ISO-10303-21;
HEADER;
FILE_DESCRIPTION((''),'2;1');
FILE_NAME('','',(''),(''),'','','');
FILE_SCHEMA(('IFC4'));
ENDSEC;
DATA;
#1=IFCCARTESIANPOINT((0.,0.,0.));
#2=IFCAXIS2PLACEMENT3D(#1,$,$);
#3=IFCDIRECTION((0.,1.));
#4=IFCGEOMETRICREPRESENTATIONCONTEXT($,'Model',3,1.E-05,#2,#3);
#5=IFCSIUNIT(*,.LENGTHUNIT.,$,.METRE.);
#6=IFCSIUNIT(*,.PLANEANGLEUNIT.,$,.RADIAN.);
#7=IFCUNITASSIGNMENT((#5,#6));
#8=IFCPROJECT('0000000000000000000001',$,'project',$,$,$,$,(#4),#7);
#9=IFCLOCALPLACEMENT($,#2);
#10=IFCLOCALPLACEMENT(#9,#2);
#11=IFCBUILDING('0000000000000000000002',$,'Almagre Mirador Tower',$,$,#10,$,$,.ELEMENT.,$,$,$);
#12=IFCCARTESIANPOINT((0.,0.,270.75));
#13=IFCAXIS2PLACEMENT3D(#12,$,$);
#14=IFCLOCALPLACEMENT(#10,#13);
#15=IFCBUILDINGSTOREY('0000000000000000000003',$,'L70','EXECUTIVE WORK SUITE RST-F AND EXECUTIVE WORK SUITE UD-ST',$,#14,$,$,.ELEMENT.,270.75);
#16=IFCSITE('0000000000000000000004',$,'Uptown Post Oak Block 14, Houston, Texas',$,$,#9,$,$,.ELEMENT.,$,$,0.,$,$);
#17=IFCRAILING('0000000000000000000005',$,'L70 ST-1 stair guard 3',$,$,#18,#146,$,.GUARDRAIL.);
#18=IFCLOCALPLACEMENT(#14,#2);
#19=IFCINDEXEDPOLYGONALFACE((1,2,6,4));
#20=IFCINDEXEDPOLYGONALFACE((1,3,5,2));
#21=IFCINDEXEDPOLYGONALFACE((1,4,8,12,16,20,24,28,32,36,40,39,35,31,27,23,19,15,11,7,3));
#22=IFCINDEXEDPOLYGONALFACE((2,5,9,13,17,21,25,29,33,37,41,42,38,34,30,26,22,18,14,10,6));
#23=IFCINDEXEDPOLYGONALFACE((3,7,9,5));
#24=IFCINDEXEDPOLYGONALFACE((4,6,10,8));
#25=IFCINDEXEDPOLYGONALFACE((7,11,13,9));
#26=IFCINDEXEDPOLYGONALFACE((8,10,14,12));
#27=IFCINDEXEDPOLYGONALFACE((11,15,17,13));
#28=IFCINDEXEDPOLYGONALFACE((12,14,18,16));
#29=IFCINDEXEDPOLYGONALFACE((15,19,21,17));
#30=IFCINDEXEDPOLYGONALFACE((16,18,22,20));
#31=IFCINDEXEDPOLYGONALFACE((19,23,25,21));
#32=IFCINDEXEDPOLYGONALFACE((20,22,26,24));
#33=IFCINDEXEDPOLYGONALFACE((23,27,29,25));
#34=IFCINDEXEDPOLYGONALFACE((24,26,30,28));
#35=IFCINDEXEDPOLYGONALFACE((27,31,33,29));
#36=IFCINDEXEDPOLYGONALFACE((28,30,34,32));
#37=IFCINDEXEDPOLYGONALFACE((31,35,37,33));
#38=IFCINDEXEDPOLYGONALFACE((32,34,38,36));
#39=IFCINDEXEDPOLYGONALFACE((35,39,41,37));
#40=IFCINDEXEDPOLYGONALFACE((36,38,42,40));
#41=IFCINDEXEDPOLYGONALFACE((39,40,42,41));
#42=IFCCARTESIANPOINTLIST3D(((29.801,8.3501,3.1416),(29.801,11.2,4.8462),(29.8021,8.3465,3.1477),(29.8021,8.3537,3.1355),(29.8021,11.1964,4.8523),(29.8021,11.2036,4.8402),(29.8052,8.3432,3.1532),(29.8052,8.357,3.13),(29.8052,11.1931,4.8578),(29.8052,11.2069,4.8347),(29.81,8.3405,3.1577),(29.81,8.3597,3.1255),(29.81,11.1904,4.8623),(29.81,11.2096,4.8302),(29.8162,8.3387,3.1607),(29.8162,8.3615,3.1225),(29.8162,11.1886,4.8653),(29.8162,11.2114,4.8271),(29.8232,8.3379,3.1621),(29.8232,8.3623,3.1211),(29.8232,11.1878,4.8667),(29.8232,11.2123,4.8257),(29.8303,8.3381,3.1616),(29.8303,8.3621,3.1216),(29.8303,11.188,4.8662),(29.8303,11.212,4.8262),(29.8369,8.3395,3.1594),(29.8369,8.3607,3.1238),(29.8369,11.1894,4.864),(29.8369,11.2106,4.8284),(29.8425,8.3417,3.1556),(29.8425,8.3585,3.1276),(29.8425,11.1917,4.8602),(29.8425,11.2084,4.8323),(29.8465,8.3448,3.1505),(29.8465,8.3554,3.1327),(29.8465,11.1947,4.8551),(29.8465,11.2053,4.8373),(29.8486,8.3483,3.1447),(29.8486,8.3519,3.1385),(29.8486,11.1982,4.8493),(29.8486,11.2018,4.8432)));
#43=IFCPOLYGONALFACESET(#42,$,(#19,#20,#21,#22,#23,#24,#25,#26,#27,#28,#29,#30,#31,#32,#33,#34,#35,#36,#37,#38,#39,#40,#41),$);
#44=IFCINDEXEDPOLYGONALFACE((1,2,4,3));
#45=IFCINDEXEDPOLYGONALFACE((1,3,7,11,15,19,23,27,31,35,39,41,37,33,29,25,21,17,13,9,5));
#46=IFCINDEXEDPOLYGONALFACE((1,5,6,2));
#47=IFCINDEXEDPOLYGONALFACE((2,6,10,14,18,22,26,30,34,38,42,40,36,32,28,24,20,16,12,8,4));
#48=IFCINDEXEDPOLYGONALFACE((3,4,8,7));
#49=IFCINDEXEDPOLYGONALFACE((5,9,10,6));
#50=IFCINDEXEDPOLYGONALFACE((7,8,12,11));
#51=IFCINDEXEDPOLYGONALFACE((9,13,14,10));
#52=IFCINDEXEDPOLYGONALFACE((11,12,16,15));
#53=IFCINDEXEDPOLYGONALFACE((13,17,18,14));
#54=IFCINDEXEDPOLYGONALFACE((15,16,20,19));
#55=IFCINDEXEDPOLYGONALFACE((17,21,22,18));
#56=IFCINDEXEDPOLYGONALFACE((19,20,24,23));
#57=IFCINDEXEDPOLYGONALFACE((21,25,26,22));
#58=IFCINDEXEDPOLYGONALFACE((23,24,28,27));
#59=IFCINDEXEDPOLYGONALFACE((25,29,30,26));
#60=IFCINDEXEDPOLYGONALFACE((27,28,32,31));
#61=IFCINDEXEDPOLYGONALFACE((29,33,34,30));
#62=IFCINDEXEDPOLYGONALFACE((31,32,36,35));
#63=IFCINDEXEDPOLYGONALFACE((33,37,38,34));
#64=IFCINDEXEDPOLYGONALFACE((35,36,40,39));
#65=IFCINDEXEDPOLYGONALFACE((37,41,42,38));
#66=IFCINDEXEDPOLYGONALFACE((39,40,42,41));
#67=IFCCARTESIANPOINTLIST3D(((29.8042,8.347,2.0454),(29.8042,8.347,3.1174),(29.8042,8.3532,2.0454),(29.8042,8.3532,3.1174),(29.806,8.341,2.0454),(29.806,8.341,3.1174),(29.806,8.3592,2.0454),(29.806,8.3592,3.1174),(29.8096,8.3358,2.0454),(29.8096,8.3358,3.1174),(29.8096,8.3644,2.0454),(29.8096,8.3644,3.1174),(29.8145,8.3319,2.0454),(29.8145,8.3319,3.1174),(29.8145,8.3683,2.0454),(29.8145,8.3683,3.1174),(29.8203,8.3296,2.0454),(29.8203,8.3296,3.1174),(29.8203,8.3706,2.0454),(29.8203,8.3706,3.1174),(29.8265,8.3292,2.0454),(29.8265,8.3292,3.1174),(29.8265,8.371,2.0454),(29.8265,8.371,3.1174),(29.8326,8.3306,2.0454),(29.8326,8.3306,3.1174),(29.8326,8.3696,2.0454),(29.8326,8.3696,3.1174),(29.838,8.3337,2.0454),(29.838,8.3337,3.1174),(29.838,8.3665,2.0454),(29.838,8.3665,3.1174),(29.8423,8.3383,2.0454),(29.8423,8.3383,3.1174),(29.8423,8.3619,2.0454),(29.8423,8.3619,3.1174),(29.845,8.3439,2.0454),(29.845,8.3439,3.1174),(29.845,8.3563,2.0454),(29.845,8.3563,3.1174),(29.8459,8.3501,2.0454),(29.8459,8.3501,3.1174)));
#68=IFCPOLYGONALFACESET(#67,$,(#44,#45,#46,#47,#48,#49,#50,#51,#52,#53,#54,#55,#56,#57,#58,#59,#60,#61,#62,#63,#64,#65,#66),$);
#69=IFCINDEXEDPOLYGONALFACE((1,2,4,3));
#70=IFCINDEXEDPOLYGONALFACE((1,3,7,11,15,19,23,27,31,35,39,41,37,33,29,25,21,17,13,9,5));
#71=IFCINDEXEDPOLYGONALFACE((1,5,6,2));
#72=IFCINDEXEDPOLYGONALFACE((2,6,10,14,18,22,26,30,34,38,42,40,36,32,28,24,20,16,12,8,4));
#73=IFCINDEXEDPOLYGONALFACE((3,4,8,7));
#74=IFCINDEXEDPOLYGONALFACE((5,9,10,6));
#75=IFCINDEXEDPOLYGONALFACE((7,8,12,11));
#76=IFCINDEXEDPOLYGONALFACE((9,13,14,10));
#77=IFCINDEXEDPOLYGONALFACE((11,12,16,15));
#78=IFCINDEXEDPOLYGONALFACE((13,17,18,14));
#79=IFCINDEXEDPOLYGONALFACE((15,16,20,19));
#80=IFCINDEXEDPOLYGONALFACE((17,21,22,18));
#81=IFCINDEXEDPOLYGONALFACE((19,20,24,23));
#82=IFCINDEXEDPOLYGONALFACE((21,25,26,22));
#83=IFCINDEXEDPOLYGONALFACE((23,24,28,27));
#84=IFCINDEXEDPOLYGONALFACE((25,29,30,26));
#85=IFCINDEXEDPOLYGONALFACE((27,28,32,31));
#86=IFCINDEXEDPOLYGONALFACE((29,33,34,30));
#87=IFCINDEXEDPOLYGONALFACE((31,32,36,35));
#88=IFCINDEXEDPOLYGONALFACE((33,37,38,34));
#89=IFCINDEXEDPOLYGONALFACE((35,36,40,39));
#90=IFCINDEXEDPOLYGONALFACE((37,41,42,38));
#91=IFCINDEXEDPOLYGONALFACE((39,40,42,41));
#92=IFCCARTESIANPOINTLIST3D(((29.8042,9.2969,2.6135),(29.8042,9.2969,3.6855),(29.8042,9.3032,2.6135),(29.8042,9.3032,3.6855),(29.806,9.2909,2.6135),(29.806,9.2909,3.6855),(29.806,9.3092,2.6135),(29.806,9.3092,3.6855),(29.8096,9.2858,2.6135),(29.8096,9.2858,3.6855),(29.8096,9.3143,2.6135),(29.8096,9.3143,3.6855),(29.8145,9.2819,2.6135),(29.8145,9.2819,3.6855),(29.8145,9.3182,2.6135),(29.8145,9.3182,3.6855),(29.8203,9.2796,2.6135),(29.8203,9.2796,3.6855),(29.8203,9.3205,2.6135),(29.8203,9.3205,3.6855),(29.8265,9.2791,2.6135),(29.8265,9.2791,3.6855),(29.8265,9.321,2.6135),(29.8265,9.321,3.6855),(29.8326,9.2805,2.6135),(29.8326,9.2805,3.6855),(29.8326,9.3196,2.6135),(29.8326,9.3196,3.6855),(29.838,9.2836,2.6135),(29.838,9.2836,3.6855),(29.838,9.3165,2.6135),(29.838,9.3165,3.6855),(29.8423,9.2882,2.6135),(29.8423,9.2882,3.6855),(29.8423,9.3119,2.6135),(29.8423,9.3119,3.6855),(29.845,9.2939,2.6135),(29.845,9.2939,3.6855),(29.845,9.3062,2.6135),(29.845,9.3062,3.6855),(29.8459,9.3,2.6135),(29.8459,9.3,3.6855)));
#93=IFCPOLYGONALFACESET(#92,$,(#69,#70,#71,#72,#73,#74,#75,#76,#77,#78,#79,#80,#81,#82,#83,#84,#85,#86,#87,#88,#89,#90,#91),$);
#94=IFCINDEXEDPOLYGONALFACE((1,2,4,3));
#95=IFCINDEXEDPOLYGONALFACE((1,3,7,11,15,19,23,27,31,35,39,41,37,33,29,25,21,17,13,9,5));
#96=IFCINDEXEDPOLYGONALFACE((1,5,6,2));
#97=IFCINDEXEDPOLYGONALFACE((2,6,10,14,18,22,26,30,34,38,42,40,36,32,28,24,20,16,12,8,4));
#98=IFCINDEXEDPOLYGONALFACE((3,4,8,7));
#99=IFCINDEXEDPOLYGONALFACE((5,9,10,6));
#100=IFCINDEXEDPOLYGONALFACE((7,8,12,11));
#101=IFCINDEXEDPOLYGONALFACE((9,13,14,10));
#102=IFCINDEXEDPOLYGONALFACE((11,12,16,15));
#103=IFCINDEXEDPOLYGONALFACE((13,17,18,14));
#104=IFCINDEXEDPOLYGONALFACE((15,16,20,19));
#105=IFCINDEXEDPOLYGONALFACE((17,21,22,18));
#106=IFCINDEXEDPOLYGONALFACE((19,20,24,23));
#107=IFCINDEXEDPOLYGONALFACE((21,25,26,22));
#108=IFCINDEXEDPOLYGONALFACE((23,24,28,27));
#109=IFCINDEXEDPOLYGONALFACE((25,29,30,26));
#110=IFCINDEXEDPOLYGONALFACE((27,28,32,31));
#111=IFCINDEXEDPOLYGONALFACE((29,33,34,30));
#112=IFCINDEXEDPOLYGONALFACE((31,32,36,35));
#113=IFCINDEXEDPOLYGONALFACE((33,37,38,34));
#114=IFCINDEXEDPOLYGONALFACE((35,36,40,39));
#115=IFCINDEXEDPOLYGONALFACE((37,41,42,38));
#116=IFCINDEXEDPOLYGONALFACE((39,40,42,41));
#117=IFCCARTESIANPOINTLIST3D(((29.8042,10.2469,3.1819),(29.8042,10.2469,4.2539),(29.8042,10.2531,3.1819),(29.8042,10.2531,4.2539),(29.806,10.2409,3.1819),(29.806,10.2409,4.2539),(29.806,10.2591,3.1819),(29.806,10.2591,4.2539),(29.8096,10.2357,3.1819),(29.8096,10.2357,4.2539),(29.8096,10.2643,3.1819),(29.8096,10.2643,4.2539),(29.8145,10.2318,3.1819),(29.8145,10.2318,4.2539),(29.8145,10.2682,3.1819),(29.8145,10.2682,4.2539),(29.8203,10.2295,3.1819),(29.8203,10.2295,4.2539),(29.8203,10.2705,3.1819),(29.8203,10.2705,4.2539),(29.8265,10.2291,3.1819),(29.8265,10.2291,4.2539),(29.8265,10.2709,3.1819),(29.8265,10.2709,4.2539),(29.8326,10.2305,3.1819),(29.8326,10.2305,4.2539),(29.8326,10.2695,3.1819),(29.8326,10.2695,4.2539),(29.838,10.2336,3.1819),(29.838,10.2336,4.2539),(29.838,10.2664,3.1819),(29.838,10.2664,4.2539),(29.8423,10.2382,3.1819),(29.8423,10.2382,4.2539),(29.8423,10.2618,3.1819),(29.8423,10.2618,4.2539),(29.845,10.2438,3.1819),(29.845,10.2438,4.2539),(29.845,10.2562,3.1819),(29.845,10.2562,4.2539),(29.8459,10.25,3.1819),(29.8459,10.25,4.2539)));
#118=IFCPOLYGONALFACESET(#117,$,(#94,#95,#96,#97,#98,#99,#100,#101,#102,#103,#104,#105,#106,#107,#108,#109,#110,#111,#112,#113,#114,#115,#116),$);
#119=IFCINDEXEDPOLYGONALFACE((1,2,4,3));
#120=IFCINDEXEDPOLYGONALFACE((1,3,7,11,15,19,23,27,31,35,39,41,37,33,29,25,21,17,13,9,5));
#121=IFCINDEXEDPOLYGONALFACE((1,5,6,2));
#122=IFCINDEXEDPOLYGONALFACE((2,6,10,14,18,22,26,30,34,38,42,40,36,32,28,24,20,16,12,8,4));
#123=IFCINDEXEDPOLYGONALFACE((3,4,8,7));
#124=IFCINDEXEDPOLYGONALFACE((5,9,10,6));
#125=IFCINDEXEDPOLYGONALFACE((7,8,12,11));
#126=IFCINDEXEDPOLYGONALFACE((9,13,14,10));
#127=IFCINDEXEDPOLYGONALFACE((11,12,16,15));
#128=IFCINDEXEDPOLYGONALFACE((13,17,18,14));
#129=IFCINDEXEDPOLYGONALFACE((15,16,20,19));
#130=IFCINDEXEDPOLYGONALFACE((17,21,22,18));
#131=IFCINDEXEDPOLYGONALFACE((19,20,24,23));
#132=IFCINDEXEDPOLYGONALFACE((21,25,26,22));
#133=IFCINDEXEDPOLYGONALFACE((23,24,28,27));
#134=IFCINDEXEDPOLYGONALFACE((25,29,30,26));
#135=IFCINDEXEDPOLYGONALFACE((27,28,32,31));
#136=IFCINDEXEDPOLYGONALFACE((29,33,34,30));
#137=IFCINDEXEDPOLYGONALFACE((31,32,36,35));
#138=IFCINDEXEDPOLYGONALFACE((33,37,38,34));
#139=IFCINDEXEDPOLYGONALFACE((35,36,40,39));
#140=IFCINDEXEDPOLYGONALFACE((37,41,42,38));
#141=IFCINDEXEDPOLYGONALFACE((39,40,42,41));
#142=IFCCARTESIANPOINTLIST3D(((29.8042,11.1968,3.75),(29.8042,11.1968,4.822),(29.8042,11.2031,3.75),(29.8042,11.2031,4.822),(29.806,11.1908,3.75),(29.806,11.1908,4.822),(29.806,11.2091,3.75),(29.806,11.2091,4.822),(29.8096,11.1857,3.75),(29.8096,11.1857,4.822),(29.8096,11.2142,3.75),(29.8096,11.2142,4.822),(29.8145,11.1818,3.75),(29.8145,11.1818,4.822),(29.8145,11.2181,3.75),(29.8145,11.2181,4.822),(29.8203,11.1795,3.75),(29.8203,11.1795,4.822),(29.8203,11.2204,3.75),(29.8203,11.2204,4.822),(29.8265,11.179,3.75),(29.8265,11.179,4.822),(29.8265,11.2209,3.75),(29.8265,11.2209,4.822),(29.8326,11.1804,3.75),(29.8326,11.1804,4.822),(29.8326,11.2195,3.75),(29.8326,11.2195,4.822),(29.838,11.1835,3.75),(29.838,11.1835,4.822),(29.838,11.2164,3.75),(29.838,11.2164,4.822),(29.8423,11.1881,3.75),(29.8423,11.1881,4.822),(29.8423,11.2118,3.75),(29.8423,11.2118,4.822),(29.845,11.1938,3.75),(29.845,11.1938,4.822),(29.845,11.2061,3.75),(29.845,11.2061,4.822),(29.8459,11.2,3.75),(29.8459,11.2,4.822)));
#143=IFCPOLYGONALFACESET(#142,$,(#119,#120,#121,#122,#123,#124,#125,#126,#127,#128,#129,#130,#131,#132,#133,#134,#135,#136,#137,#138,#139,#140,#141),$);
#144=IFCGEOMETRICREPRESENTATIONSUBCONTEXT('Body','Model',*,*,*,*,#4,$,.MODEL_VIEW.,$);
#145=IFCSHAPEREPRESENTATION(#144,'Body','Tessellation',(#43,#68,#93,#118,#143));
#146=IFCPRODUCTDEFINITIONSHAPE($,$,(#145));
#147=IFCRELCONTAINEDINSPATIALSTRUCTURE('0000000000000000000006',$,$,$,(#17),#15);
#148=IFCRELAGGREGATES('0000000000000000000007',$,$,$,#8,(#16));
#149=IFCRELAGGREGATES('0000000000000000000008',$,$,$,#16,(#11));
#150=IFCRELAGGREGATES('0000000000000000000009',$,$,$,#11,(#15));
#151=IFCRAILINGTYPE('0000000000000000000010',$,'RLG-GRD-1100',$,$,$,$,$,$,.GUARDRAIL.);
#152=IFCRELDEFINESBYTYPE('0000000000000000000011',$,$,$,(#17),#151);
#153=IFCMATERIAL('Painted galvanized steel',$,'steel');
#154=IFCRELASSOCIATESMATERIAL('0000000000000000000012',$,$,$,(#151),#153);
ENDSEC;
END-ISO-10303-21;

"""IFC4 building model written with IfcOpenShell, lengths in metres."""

from ifc_helpers import new_model, si_unit, direction, frame, origin, origin_2d, place, context, subcontext, project, spatial, circle, extrude, material, type_object, element, save


model = new_model("IFC4")

# Units and contexts
model_context = context("Model", 3, precision=1e-05, world=origin(), true_north=direction((0.0, 1.0)))
body_context = subcontext(model_context, "Body", "Model", "MODEL_VIEW")
ifc_project = project(units=[si_unit("LENGTHUNIT", "METRE"), si_unit("PLANEANGLEUNIT", "RADIAN")], contexts=[model_context])

# Site, building, storey
site_placement = place(None, origin())
site = spatial("IfcSite", under=ifc_project, at=site_placement, Name="Uptown Post Oak Block 14, Houston, Texas", CompositionType="ELEMENT", RefElevation=0.0)
building_placement = place(site_placement, origin())
building = spatial("IfcBuilding", under=site, at=building_placement, Name="Almagre Mirador Tower", CompositionType="ELEMENT")
storey_placement = place(building_placement, frame((0.0, 0.0, 270.75)))
storey = spatial("IfcBuildingStorey", under=building, at=storey_placement, Name="L70", Description="EXECUTIVE WORK SUITE RST-F AND EXECUTIVE WORK SUITE UD-ST", CompositionType="ELEMENT", Elevation=270.75)

# Railing
ifc_material_1 = material(Name="Painted galvanized steel", Category="steel")
railing_type_1 = type_object("IfcRailingType", Name="RLG-GRD-1100", PredefinedType="GUARDRAIL", material=ifc_material_1)
railing_1_placement = place(storey_placement, frame((29.825, 8.3501, 2.0454)))
element("IfcRailing", 1, at=railing_1_placement, inside=storey, type_object=railing_type_1, Name="L70 ST-1 stair guard 3", PredefinedType="GUARDRAIL", context=body_context, shape_type="SweptSolid", body=[
    extrude(circle(Radius=0.0239, at=origin_2d()), frame((0.0, 0.0, 1.0962), z_axis=(0.0, 0.858199, 0.513317), x_axis=(-1.0, 0.0, 0.0)), (0.0, 0.0, 1.0), 3.3208),
    extrude(circle(Radius=0.021, at=origin_2d()), origin(), (0.0, 0.0, 1.0), 1.072),
    extrude(circle(Radius=0.021, at=origin_2d()), frame((0.0, 0.95, 0.5681)), (0.0, 0.0, 1.0), 1.072),
    extrude(circle(Radius=0.021, at=origin_2d()), frame((0.0, 1.8999, 1.1365)), (0.0, 0.0, 1.0), 1.072),
    extrude(circle(Radius=0.021, at=origin_2d()), frame((0.0, 2.8499, 1.7046)), (0.0, 0.0, 1.0), 1.072),
])

save(model, "model.ifc")
